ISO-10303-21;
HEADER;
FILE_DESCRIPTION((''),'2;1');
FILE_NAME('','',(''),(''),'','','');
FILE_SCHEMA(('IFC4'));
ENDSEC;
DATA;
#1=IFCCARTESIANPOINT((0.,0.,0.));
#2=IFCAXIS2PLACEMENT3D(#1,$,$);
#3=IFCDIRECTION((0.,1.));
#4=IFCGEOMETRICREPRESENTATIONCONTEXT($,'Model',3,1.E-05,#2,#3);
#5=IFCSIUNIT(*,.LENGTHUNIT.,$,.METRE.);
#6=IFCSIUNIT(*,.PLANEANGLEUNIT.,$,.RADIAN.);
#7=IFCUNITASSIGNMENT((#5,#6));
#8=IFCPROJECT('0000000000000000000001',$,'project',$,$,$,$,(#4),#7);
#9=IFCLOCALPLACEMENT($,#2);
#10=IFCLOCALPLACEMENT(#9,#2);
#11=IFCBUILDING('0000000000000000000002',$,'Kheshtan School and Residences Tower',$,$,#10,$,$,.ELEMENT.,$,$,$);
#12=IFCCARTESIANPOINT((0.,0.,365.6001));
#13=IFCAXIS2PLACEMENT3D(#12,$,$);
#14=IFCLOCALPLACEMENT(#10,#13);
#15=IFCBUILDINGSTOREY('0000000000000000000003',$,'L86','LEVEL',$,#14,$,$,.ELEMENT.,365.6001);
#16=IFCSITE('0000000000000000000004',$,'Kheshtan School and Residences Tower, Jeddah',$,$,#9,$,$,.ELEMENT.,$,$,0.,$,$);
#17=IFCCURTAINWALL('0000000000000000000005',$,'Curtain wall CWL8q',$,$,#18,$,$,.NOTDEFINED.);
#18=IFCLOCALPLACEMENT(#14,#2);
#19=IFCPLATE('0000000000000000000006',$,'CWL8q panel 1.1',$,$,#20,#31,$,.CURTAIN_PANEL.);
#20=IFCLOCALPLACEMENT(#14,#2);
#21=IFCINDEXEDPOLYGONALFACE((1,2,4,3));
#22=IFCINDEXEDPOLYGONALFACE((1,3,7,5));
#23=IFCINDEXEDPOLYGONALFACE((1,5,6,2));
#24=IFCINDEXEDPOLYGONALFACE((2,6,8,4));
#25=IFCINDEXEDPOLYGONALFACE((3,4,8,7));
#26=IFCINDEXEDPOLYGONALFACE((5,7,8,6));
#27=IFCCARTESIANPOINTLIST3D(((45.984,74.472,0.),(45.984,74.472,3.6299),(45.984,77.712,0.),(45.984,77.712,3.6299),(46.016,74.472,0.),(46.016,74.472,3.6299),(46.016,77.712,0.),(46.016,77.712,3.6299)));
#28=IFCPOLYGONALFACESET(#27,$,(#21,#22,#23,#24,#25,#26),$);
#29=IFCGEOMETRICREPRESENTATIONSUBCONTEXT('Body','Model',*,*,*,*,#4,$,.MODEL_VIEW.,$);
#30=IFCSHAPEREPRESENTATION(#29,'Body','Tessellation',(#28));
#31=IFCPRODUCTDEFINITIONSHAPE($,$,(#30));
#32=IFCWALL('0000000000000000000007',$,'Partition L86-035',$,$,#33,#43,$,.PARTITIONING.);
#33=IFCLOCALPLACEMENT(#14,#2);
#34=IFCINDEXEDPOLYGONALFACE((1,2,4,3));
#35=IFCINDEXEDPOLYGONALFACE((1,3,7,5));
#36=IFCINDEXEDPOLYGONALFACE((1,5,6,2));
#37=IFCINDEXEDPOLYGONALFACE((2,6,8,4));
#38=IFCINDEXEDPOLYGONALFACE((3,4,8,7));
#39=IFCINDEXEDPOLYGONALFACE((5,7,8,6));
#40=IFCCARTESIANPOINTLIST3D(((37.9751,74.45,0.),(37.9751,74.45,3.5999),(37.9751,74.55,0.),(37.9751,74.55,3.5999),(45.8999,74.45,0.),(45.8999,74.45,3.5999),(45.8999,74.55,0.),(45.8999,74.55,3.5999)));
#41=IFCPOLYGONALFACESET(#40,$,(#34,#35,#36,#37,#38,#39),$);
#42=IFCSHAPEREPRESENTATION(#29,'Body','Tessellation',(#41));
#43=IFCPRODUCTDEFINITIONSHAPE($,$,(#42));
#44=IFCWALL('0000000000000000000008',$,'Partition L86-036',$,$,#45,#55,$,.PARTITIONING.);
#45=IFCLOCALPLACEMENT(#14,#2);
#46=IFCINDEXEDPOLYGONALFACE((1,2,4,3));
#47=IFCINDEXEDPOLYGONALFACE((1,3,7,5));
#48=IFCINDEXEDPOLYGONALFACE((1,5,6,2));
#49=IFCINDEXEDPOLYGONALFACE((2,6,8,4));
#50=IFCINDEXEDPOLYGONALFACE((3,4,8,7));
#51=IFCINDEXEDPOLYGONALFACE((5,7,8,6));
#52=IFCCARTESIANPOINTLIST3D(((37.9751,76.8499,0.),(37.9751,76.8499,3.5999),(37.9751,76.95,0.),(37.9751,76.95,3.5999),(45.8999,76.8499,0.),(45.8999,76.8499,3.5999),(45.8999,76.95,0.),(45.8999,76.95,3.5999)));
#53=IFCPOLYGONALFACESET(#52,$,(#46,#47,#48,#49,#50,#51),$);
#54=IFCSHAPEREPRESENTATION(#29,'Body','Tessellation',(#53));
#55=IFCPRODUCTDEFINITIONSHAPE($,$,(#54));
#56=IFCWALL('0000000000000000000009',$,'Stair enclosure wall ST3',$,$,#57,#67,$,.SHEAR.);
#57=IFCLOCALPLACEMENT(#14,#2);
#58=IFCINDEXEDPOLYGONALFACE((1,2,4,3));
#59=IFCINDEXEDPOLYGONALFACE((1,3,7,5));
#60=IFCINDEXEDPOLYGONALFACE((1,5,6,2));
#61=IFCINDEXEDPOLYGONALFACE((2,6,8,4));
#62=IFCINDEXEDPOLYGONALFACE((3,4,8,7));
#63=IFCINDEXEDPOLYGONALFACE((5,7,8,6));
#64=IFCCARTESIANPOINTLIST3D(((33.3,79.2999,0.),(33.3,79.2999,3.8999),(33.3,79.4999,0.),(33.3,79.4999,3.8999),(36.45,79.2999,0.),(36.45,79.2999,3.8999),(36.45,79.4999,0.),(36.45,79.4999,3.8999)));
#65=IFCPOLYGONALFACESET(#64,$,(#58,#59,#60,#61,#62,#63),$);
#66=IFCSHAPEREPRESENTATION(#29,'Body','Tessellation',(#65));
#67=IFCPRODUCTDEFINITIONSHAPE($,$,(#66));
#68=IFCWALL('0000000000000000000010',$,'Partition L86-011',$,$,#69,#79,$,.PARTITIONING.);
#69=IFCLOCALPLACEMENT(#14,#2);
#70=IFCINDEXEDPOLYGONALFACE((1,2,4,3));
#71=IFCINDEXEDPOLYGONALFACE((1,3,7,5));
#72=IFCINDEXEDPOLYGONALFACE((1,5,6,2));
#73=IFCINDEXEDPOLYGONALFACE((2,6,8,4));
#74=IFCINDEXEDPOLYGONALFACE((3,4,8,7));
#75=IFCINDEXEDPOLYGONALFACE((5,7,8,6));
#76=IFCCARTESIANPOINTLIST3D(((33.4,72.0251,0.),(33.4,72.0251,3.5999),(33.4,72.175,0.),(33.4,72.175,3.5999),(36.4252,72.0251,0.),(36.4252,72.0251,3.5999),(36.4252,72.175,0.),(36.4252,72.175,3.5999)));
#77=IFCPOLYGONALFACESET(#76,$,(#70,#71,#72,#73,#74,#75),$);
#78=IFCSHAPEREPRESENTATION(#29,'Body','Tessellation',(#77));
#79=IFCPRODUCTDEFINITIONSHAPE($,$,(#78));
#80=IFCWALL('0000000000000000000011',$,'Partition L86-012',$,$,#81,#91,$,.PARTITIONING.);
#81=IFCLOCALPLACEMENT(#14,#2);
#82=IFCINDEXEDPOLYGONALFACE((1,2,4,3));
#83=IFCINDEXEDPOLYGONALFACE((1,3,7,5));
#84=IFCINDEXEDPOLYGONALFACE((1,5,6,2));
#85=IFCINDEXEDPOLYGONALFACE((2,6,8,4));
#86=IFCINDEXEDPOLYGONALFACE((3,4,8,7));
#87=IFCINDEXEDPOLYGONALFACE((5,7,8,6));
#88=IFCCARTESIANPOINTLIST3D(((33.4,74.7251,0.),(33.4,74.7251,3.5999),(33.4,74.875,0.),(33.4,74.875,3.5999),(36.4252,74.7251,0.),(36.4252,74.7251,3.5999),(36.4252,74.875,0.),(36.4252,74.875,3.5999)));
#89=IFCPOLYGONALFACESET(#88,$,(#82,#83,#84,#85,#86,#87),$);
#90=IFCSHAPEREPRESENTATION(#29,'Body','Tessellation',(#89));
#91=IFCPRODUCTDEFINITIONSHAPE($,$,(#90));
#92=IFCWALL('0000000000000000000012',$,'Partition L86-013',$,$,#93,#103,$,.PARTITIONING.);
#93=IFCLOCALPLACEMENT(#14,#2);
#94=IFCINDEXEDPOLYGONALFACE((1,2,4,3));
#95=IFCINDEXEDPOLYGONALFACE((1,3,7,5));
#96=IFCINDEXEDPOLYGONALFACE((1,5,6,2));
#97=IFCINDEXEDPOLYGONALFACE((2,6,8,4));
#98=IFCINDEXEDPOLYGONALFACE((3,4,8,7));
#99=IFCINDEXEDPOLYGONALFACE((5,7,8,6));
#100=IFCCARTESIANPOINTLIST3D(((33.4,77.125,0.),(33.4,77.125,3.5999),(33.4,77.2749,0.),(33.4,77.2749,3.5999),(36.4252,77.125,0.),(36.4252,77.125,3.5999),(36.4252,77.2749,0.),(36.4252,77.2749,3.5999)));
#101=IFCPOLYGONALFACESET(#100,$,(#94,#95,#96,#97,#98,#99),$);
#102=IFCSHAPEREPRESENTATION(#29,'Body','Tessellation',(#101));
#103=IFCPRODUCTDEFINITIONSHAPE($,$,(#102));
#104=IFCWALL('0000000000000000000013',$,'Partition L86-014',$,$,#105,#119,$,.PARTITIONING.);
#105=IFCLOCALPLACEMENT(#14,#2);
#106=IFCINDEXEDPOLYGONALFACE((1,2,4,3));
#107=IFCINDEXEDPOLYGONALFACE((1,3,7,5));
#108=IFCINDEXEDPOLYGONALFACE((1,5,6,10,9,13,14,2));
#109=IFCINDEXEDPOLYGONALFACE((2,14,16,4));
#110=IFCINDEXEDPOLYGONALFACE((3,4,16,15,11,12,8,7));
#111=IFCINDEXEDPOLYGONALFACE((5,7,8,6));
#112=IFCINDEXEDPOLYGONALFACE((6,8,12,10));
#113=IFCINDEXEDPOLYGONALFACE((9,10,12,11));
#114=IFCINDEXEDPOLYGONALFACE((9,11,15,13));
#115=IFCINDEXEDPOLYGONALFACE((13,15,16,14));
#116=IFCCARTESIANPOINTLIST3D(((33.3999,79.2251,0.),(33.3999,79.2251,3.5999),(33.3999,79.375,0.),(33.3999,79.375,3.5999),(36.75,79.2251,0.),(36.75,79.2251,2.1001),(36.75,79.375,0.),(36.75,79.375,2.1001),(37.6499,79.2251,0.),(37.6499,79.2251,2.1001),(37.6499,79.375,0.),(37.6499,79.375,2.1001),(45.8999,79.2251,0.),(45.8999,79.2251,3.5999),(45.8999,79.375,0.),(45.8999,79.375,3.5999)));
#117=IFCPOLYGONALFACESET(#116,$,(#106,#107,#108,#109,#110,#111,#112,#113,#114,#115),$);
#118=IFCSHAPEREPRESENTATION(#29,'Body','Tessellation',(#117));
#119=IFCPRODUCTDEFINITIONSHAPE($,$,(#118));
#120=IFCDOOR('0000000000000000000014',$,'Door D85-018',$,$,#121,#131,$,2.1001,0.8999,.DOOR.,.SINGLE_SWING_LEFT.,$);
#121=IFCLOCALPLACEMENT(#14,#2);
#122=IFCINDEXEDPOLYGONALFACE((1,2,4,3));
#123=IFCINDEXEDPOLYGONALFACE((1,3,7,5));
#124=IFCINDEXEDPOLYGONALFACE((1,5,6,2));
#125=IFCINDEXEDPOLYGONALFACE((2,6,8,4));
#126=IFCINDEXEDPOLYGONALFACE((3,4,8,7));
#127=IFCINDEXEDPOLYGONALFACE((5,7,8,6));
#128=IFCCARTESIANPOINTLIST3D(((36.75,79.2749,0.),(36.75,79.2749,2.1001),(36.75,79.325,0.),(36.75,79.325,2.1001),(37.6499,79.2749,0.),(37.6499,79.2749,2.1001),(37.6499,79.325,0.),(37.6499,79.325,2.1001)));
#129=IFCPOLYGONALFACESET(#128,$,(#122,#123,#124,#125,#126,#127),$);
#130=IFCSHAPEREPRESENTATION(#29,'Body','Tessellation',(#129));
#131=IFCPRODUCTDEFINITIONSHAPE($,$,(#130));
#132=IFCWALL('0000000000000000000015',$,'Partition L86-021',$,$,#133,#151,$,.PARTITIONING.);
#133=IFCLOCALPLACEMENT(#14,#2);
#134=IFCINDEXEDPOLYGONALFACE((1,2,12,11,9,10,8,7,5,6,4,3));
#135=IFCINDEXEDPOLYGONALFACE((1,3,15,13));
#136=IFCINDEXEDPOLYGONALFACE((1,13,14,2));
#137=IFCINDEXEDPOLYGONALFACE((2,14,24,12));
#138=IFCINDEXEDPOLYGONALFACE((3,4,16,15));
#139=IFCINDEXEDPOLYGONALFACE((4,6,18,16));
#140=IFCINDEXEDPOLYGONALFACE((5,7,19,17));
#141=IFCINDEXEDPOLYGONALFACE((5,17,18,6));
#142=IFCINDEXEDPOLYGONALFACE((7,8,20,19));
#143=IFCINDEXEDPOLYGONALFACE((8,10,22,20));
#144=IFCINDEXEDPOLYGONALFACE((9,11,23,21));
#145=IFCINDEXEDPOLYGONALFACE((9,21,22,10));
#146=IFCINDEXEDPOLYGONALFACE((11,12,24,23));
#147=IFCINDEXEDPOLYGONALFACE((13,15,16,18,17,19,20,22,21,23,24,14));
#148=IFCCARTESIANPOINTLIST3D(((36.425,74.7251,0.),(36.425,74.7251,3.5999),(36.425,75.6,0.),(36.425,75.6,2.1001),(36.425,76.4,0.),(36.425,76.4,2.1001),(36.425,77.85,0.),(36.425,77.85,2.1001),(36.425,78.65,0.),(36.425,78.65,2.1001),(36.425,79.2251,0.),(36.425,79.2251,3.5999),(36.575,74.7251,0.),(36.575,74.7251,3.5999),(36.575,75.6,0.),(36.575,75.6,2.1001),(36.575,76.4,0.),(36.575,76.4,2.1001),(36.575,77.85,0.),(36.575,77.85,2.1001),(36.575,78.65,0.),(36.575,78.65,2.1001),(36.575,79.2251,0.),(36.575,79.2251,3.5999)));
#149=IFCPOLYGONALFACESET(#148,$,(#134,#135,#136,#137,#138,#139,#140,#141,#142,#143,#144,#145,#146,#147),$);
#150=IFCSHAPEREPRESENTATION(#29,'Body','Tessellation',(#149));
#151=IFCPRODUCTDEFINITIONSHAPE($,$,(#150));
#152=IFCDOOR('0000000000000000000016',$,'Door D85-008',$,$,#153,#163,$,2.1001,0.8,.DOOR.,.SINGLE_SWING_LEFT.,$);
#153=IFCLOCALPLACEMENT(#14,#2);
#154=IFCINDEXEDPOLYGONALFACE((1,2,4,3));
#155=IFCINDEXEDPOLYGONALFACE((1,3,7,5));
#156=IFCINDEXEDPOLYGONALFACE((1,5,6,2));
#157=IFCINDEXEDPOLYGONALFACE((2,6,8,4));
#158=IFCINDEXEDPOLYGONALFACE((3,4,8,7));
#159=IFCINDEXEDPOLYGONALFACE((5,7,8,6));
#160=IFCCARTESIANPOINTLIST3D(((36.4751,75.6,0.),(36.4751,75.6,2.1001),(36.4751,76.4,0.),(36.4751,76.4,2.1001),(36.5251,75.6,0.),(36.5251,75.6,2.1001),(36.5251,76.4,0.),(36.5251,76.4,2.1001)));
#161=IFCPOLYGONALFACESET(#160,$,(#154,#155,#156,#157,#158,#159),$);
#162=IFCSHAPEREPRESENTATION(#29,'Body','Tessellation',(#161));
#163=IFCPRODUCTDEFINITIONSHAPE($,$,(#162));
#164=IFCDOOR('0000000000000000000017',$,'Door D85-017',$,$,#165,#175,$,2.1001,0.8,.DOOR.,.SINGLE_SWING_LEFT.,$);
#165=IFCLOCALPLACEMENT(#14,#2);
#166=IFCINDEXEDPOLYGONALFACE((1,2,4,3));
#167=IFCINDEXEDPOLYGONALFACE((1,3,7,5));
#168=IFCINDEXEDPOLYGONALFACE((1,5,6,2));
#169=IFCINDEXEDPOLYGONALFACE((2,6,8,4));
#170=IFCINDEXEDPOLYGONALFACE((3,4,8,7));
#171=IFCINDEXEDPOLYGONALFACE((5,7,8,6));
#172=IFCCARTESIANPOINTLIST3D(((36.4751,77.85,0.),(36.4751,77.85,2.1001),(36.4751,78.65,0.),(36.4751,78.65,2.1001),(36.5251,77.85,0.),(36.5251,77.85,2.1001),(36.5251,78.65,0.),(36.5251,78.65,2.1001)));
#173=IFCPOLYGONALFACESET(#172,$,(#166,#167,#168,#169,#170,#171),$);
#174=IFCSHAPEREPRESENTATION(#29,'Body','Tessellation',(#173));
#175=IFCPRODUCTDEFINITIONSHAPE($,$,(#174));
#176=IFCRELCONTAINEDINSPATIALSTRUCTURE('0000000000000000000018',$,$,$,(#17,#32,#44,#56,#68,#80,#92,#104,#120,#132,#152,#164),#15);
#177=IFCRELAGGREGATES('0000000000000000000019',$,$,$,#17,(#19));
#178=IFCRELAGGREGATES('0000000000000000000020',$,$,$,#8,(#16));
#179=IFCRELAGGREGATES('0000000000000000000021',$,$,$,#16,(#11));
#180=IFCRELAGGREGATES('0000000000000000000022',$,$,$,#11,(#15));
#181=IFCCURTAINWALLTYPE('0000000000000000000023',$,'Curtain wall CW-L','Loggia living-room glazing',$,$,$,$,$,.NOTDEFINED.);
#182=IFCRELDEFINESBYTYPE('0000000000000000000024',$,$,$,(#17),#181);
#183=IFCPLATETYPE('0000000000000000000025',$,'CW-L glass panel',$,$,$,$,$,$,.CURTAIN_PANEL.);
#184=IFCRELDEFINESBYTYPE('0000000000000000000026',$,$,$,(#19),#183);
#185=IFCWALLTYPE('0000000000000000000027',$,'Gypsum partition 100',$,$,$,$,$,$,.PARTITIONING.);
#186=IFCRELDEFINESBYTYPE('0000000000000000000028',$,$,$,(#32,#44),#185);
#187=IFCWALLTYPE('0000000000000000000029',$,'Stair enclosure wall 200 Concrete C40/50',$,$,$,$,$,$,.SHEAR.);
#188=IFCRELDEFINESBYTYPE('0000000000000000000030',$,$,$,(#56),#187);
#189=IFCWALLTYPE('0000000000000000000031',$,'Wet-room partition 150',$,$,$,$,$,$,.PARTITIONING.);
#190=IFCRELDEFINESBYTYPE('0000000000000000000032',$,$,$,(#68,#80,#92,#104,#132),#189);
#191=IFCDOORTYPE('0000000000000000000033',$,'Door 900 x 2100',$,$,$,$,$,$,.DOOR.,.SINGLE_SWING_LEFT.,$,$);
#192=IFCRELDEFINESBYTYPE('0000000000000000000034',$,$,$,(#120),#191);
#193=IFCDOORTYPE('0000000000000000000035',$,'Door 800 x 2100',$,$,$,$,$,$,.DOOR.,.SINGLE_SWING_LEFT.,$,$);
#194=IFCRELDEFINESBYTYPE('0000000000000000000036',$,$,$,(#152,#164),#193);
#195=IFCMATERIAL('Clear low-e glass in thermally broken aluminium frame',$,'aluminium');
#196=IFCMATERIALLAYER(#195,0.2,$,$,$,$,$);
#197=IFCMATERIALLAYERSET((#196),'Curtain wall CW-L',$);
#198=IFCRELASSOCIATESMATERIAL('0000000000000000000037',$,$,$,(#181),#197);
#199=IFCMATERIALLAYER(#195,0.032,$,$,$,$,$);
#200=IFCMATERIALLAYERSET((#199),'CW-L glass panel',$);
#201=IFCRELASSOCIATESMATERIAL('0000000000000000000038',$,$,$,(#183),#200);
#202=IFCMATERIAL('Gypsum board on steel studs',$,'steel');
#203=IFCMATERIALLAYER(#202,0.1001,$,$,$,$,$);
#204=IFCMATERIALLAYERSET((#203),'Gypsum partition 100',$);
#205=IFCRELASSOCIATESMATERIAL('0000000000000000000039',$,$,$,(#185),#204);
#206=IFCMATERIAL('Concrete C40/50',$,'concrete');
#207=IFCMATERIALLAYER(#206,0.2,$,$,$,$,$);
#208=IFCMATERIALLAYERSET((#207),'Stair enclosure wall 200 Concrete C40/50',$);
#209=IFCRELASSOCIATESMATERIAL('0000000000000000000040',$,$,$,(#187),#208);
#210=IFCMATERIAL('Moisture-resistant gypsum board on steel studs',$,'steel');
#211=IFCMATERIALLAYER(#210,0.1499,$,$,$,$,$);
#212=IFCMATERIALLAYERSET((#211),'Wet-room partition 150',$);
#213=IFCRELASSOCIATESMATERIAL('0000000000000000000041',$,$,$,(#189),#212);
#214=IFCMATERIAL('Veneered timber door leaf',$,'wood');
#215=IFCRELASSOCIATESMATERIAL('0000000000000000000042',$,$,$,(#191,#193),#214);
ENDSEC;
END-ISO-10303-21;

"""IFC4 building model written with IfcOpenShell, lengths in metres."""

from ifc_helpers import new_model, si_unit, direction, frame, frame_2d, origin, origin_2d, place, context, subcontext, project, spatial, rectangle, extrude, source, transform, mapped, material, layer, layer_set, type_object, element, fill, aggregate, save


model = new_model("IFC4")

# Units and contexts
model_context = context("Model", 3, precision=1e-05, world=origin(), true_north=direction((0.0, 1.0)))
body_context = subcontext(model_context, "Body", "Model", "MODEL_VIEW")
ifc_project = project(units=[si_unit("LENGTHUNIT", "METRE"), si_unit("PLANEANGLEUNIT", "RADIAN")], contexts=[model_context])

# Site, building, storey
site_placement = place(None, origin())
site = spatial("IfcSite", under=ifc_project, at=site_placement, Name="Kheshtan School and Residences Tower, Jeddah", CompositionType="ELEMENT", RefElevation=0.0)
building_placement = place(site_placement, origin())
building = spatial("IfcBuilding", under=site, at=building_placement, Name="Kheshtan School and Residences Tower", CompositionType="ELEMENT")
storey_placement = place(building_placement, frame((0.0, 0.0, 365.6001)))
storey = spatial("IfcBuildingStorey", under=building, at=storey_placement, Name="L86", Description="LEVEL", CompositionType="ELEMENT", Elevation=365.6001)

# Shared definitions
ifc_material_1 = material(Name="Clear low-e glass in thermally broken aluminium frame", Category="aluminium")
ifc_layer_1 = layer(ifc_material_1, 0.2)
ifc_layer_set_1 = layer_set([ifc_layer_1], Name="Curtain wall CW-L")
curtain_wall_type = type_object("IfcCurtainWallType", Name="Curtain wall CW-L", Description="Loggia living-room glazing", PredefinedType="NOTDEFINED", material=ifc_layer_set_1)

# Curtain wall
curtain_wall_1_placement = place(storey_placement, origin())
curtain_wall_1 = element("IfcCurtainWall", 1, at=curtain_wall_1_placement, inside=storey, type_object=curtain_wall_type, Name="Curtain wall CWL8q", PredefinedType="NOTDEFINED")

# Plate
ifc_layer_2 = layer(ifc_material_1, 0.032)
ifc_layer_set_2 = layer_set([ifc_layer_2], Name="CW-L glass panel")
plate_type = type_object("IfcPlateType", Name="CW-L glass panel", PredefinedType="CURTAIN_PANEL", material=ifc_layer_set_2)
plate_1_placement = place(storey_placement, frame((46.0, 76.092, 0.0), z_axis=(0.0, 0.0, 1.0), x_axis=(0.0, -1.0, 0.0)))
plate_1 = element("IfcPlate", 2, at=plate_1_placement, type_object=plate_type, Name="CWL8q panel 1.1", PredefinedType="CURTAIN_PANEL", context=body_context, shape_type="SweptSolid", body=[
    extrude(rectangle(XDim=3.24, YDim=0.032, at=origin_2d()), origin(), (0.0, 0.0, 1.0), 3.6299),
])
aggregate(curtain_wall_1, [plate_1])

# Walls
ifc_material_2 = material(Name="Gypsum board on steel studs", Category="steel")
ifc_layer_3 = layer(ifc_material_2, 0.1001)
ifc_layer_set_3 = layer_set([ifc_layer_3], Name="Gypsum partition 100")
wall_type_1 = type_object("IfcWallType", Name="Gypsum partition 100", PredefinedType="PARTITIONING", material=ifc_layer_set_3)
for number, where, z_axis, x_axis, name in (
    (3, (37.9751, 74.5, 0.0), (0.0, 0.0, 1.0), (1.0, 0.0, 0.0), "Partition L86-035"),
    (4, (37.9751, 76.8999, 0.0), (0.0, 0.0, 1.0), (1.0, 0.0, 0.0), "Partition L86-036"),
):
    element("IfcWall", number, at=place(storey_placement, frame(where, z_axis=z_axis, x_axis=x_axis)), inside=storey, type_object=wall_type_1, Name=name, PredefinedType="PARTITIONING", context=body_context, shape_type="SweptSolid", body=[
        extrude(rectangle(XDim=7.9248, YDim=0.1001, at=frame_2d((3.9624, 0.0))), origin(), (0.0, 0.0, 1.0), 3.5999),
    ])
ifc_material_3 = material(Name="Concrete C40/50", Category="concrete")
ifc_layer_4 = layer(ifc_material_3, 0.2)
ifc_layer_set_4 = layer_set([ifc_layer_4], Name="Stair enclosure wall 200 Concrete C40/50")
wall_type_2 = type_object("IfcWallType", Name="Stair enclosure wall 200 Concrete C40/50", PredefinedType="SHEAR", material=ifc_layer_set_4)
wall_1_placement = place(storey_placement, frame((33.3, 79.3999, 0.0), z_axis=(0.0, 0.0, 1.0), x_axis=(1.0, 0.0, 0.0)))
element("IfcWall", 5, at=wall_1_placement, inside=storey, type_object=wall_type_2, Name="Stair enclosure wall ST3", PredefinedType="SHEAR", context=body_context, shape_type="SweptSolid", body=[
    extrude(rectangle(XDim=3.1499, YDim=0.2, at=frame_2d((1.575, 0.0))), origin(), (0.0, 0.0, 1.0), 3.8999),
])
ifc_material_4 = material(Name="Moisture-resistant gypsum board on steel studs", Category="steel")
ifc_layer_5 = layer(ifc_material_4, 0.1499)
ifc_layer_set_5 = layer_set([ifc_layer_5], Name="Wet-room partition 150")
wall_type_3 = type_object("IfcWallType", Name="Wet-room partition 150", PredefinedType="PARTITIONING", material=ifc_layer_set_5)
for number, where, z_axis, x_axis, name in (
    (6, (33.3999, 72.1001, 0.0), (0.0, 0.0, 1.0), (1.0, 0.0, 0.0), "Partition L86-011"),
    (7, (33.3999, 74.8, 0.0), (0.0, 0.0, 1.0), (1.0, 0.0, 0.0), "Partition L86-012"),
    (8, (33.3999, 77.2, 0.0), (0.0, 0.0, 1.0), (1.0, 0.0, 0.0), "Partition L86-013"),
):
    element("IfcWall", number, at=place(storey_placement, frame(where, z_axis=z_axis, x_axis=x_axis)), inside=storey, type_object=wall_type_3, Name=name, PredefinedType="PARTITIONING", context=body_context, shape_type="SweptSolid", body=[
        extrude(rectangle(XDim=3.0251, YDim=0.1499, at=frame_2d((1.5127, 0.0))), origin(), (0.0, 0.0, 1.0), 3.5999),
    ])

# Wall, opening, door
wall_2_placement = place(storey_placement, frame((33.3999, 79.3, 0.0), z_axis=(0.0, 0.0, 1.0), x_axis=(1.0, 0.0, 0.0)))
wall_2 = element("IfcWall", 9, at=wall_2_placement, inside=storey, type_object=wall_type_3, Name="Partition L86-014", PredefinedType="PARTITIONING", context=body_context, shape_type="SweptSolid", body=[
    extrude(rectangle(XDim=12.5, YDim=0.1499, at=frame_2d((6.25, 0.0))), origin(), (0.0, 0.0, 1.0), 3.5999),
])
opening_1_placement = place(wall_2_placement, frame((3.3501, 0.0, 0.0)))
opening_1 = element("IfcOpeningElement", 10, at=opening_1_placement, cuts=wall_2, PredefinedType="OPENING", context=body_context, shape_type="SweptSolid", body=[
    extrude(rectangle(XDim=0.8999, YDim=2.1001, at=frame_2d((0.45, 1.05))), frame((0.0, 0.085, 0.0), z_axis=(0.0, -1.0, 0.0), x_axis=(1.0, 0.0, 0.0)), (0.0, 0.0, 1.0), 0.1699),
])
ifc_material_5 = material(Name="Veneered timber door leaf", Category="wood")
door_type_1 = type_object("IfcDoorType", Name="Door 900 x 2100", OperationType="SINGLE_SWING_LEFT", PredefinedType="DOOR", material=ifc_material_5)
shared_shape_1 = source(origin(), body_context, "Body", "SweptSolid", [
    extrude(rectangle(XDim=0.8999, YDim=2.1001, at=frame_2d((0.45, 1.05))), frame((0.0, 0.0249, 0.0), z_axis=(0.0, -1.0, 0.0), x_axis=(1.0, 0.0, 0.0)), (0.0, 0.0, 1.0), 0.05),
])
door_1_placement = place(opening_1_placement, origin())
door_1 = element("IfcDoor", 11, at=door_1_placement, inside=storey, type_object=door_type_1, Name="Door D85-018", OperationType="SINGLE_SWING_LEFT", OverallHeight=2.1001, OverallWidth=0.8999, PredefinedType="DOOR", context=body_context, shape_type="MappedRepresentation", body=[
    mapped(shared_shape_1, transform((0.0, 0.0, 0.0), x_axis=(1.0, 0.0, 0.0), y_axis=(0.0, 1.0, 0.0), z_axis=(0.0, 0.0, 1.0), scale=1.0)),
])
fill(opening_1, door_1)

# Wall, openings, doors
wall_3_placement = place(storey_placement, frame((36.5, 74.7251, 0.0), z_axis=(0.0, 0.0, 1.0), x_axis=(0.0, 1.0, 0.0)))
wall_3 = element("IfcWall", 12, at=wall_3_placement, inside=storey, type_object=wall_type_3, Name="Partition L86-021", PredefinedType="PARTITIONING", context=body_context, shape_type="SweptSolid", body=[
    extrude(rectangle(XDim=4.5, YDim=0.1499, at=frame_2d((2.25, 0.0))), origin(), (0.0, 0.0, 1.0), 3.5999),
])
opening_2_placement = place(wall_3_placement, frame((0.875, 0.0, 0.0)))
opening_2 = element("IfcOpeningElement", 13, at=opening_2_placement, cuts=wall_3, PredefinedType="OPENING", context=body_context, shape_type="SweptSolid", body=[
    extrude(rectangle(XDim=0.8, YDim=2.1001, at=frame_2d((0.3999, 1.05))), frame((0.0, 0.085, 0.0), z_axis=(0.0, -1.0, 0.0), x_axis=(1.0, 0.0, 0.0)), (0.0, 0.0, 1.0), 0.1699),
])
opening_3_placement = place(wall_3_placement, frame((3.125, 0.0, 0.0)))
opening_3 = element("IfcOpeningElement", 14, at=opening_3_placement, cuts=wall_3, PredefinedType="OPENING", context=body_context, shape_type="SweptSolid", body=[
    extrude(rectangle(XDim=0.8, YDim=2.1001, at=frame_2d((0.3999, 1.05))), frame((0.0, 0.085, 0.0), z_axis=(0.0, -1.0, 0.0), x_axis=(1.0, 0.0, 0.0)), (0.0, 0.0, 1.0), 0.1699),
])
door_type_2 = type_object("IfcDoorType", Name="Door 800 x 2100", OperationType="SINGLE_SWING_LEFT", PredefinedType="DOOR", material=ifc_material_5)
shared_shape_2 = source(origin(), body_context, "Body", "SweptSolid", [
    extrude(rectangle(XDim=0.8, YDim=2.1001, at=frame_2d((0.3999, 1.05))), frame((0.0, 0.0249, 0.0), z_axis=(0.0, -1.0, 0.0), x_axis=(1.0, 0.0, 0.0)), (0.0, 0.0, 1.0), 0.05),
])
door_2_placement = place(opening_2_placement, origin())
door_2 = element("IfcDoor", 15, at=door_2_placement, inside=storey, type_object=door_type_2, Name="Door D85-008", OperationType="SINGLE_SWING_LEFT", OverallHeight=2.1001, OverallWidth=0.8, PredefinedType="DOOR", context=body_context, shape_type="MappedRepresentation", body=[
    mapped(shared_shape_2, transform((0.0, 0.0, 0.0), x_axis=(1.0, 0.0, 0.0), y_axis=(0.0, 1.0, 0.0), z_axis=(0.0, 0.0, 1.0), scale=1.0)),
])
fill(opening_2, door_2)
door_3_placement = place(opening_3_placement, origin())
door_3 = element("IfcDoor", 16, at=door_3_placement, inside=storey, type_object=door_type_2, Name="Door D85-017", OperationType="SINGLE_SWING_LEFT", OverallHeight=2.1001, OverallWidth=0.8, PredefinedType="DOOR", context=body_context, shape_type="MappedRepresentation", body=[
    mapped(shared_shape_2, transform((0.0, 0.0, 0.0), x_axis=(1.0, 0.0, 0.0), y_axis=(0.0, 1.0, 0.0), z_axis=(0.0, 0.0, 1.0), scale=1.0)),
])
fill(opening_3, door_3)

save(model, "model.ifc")
